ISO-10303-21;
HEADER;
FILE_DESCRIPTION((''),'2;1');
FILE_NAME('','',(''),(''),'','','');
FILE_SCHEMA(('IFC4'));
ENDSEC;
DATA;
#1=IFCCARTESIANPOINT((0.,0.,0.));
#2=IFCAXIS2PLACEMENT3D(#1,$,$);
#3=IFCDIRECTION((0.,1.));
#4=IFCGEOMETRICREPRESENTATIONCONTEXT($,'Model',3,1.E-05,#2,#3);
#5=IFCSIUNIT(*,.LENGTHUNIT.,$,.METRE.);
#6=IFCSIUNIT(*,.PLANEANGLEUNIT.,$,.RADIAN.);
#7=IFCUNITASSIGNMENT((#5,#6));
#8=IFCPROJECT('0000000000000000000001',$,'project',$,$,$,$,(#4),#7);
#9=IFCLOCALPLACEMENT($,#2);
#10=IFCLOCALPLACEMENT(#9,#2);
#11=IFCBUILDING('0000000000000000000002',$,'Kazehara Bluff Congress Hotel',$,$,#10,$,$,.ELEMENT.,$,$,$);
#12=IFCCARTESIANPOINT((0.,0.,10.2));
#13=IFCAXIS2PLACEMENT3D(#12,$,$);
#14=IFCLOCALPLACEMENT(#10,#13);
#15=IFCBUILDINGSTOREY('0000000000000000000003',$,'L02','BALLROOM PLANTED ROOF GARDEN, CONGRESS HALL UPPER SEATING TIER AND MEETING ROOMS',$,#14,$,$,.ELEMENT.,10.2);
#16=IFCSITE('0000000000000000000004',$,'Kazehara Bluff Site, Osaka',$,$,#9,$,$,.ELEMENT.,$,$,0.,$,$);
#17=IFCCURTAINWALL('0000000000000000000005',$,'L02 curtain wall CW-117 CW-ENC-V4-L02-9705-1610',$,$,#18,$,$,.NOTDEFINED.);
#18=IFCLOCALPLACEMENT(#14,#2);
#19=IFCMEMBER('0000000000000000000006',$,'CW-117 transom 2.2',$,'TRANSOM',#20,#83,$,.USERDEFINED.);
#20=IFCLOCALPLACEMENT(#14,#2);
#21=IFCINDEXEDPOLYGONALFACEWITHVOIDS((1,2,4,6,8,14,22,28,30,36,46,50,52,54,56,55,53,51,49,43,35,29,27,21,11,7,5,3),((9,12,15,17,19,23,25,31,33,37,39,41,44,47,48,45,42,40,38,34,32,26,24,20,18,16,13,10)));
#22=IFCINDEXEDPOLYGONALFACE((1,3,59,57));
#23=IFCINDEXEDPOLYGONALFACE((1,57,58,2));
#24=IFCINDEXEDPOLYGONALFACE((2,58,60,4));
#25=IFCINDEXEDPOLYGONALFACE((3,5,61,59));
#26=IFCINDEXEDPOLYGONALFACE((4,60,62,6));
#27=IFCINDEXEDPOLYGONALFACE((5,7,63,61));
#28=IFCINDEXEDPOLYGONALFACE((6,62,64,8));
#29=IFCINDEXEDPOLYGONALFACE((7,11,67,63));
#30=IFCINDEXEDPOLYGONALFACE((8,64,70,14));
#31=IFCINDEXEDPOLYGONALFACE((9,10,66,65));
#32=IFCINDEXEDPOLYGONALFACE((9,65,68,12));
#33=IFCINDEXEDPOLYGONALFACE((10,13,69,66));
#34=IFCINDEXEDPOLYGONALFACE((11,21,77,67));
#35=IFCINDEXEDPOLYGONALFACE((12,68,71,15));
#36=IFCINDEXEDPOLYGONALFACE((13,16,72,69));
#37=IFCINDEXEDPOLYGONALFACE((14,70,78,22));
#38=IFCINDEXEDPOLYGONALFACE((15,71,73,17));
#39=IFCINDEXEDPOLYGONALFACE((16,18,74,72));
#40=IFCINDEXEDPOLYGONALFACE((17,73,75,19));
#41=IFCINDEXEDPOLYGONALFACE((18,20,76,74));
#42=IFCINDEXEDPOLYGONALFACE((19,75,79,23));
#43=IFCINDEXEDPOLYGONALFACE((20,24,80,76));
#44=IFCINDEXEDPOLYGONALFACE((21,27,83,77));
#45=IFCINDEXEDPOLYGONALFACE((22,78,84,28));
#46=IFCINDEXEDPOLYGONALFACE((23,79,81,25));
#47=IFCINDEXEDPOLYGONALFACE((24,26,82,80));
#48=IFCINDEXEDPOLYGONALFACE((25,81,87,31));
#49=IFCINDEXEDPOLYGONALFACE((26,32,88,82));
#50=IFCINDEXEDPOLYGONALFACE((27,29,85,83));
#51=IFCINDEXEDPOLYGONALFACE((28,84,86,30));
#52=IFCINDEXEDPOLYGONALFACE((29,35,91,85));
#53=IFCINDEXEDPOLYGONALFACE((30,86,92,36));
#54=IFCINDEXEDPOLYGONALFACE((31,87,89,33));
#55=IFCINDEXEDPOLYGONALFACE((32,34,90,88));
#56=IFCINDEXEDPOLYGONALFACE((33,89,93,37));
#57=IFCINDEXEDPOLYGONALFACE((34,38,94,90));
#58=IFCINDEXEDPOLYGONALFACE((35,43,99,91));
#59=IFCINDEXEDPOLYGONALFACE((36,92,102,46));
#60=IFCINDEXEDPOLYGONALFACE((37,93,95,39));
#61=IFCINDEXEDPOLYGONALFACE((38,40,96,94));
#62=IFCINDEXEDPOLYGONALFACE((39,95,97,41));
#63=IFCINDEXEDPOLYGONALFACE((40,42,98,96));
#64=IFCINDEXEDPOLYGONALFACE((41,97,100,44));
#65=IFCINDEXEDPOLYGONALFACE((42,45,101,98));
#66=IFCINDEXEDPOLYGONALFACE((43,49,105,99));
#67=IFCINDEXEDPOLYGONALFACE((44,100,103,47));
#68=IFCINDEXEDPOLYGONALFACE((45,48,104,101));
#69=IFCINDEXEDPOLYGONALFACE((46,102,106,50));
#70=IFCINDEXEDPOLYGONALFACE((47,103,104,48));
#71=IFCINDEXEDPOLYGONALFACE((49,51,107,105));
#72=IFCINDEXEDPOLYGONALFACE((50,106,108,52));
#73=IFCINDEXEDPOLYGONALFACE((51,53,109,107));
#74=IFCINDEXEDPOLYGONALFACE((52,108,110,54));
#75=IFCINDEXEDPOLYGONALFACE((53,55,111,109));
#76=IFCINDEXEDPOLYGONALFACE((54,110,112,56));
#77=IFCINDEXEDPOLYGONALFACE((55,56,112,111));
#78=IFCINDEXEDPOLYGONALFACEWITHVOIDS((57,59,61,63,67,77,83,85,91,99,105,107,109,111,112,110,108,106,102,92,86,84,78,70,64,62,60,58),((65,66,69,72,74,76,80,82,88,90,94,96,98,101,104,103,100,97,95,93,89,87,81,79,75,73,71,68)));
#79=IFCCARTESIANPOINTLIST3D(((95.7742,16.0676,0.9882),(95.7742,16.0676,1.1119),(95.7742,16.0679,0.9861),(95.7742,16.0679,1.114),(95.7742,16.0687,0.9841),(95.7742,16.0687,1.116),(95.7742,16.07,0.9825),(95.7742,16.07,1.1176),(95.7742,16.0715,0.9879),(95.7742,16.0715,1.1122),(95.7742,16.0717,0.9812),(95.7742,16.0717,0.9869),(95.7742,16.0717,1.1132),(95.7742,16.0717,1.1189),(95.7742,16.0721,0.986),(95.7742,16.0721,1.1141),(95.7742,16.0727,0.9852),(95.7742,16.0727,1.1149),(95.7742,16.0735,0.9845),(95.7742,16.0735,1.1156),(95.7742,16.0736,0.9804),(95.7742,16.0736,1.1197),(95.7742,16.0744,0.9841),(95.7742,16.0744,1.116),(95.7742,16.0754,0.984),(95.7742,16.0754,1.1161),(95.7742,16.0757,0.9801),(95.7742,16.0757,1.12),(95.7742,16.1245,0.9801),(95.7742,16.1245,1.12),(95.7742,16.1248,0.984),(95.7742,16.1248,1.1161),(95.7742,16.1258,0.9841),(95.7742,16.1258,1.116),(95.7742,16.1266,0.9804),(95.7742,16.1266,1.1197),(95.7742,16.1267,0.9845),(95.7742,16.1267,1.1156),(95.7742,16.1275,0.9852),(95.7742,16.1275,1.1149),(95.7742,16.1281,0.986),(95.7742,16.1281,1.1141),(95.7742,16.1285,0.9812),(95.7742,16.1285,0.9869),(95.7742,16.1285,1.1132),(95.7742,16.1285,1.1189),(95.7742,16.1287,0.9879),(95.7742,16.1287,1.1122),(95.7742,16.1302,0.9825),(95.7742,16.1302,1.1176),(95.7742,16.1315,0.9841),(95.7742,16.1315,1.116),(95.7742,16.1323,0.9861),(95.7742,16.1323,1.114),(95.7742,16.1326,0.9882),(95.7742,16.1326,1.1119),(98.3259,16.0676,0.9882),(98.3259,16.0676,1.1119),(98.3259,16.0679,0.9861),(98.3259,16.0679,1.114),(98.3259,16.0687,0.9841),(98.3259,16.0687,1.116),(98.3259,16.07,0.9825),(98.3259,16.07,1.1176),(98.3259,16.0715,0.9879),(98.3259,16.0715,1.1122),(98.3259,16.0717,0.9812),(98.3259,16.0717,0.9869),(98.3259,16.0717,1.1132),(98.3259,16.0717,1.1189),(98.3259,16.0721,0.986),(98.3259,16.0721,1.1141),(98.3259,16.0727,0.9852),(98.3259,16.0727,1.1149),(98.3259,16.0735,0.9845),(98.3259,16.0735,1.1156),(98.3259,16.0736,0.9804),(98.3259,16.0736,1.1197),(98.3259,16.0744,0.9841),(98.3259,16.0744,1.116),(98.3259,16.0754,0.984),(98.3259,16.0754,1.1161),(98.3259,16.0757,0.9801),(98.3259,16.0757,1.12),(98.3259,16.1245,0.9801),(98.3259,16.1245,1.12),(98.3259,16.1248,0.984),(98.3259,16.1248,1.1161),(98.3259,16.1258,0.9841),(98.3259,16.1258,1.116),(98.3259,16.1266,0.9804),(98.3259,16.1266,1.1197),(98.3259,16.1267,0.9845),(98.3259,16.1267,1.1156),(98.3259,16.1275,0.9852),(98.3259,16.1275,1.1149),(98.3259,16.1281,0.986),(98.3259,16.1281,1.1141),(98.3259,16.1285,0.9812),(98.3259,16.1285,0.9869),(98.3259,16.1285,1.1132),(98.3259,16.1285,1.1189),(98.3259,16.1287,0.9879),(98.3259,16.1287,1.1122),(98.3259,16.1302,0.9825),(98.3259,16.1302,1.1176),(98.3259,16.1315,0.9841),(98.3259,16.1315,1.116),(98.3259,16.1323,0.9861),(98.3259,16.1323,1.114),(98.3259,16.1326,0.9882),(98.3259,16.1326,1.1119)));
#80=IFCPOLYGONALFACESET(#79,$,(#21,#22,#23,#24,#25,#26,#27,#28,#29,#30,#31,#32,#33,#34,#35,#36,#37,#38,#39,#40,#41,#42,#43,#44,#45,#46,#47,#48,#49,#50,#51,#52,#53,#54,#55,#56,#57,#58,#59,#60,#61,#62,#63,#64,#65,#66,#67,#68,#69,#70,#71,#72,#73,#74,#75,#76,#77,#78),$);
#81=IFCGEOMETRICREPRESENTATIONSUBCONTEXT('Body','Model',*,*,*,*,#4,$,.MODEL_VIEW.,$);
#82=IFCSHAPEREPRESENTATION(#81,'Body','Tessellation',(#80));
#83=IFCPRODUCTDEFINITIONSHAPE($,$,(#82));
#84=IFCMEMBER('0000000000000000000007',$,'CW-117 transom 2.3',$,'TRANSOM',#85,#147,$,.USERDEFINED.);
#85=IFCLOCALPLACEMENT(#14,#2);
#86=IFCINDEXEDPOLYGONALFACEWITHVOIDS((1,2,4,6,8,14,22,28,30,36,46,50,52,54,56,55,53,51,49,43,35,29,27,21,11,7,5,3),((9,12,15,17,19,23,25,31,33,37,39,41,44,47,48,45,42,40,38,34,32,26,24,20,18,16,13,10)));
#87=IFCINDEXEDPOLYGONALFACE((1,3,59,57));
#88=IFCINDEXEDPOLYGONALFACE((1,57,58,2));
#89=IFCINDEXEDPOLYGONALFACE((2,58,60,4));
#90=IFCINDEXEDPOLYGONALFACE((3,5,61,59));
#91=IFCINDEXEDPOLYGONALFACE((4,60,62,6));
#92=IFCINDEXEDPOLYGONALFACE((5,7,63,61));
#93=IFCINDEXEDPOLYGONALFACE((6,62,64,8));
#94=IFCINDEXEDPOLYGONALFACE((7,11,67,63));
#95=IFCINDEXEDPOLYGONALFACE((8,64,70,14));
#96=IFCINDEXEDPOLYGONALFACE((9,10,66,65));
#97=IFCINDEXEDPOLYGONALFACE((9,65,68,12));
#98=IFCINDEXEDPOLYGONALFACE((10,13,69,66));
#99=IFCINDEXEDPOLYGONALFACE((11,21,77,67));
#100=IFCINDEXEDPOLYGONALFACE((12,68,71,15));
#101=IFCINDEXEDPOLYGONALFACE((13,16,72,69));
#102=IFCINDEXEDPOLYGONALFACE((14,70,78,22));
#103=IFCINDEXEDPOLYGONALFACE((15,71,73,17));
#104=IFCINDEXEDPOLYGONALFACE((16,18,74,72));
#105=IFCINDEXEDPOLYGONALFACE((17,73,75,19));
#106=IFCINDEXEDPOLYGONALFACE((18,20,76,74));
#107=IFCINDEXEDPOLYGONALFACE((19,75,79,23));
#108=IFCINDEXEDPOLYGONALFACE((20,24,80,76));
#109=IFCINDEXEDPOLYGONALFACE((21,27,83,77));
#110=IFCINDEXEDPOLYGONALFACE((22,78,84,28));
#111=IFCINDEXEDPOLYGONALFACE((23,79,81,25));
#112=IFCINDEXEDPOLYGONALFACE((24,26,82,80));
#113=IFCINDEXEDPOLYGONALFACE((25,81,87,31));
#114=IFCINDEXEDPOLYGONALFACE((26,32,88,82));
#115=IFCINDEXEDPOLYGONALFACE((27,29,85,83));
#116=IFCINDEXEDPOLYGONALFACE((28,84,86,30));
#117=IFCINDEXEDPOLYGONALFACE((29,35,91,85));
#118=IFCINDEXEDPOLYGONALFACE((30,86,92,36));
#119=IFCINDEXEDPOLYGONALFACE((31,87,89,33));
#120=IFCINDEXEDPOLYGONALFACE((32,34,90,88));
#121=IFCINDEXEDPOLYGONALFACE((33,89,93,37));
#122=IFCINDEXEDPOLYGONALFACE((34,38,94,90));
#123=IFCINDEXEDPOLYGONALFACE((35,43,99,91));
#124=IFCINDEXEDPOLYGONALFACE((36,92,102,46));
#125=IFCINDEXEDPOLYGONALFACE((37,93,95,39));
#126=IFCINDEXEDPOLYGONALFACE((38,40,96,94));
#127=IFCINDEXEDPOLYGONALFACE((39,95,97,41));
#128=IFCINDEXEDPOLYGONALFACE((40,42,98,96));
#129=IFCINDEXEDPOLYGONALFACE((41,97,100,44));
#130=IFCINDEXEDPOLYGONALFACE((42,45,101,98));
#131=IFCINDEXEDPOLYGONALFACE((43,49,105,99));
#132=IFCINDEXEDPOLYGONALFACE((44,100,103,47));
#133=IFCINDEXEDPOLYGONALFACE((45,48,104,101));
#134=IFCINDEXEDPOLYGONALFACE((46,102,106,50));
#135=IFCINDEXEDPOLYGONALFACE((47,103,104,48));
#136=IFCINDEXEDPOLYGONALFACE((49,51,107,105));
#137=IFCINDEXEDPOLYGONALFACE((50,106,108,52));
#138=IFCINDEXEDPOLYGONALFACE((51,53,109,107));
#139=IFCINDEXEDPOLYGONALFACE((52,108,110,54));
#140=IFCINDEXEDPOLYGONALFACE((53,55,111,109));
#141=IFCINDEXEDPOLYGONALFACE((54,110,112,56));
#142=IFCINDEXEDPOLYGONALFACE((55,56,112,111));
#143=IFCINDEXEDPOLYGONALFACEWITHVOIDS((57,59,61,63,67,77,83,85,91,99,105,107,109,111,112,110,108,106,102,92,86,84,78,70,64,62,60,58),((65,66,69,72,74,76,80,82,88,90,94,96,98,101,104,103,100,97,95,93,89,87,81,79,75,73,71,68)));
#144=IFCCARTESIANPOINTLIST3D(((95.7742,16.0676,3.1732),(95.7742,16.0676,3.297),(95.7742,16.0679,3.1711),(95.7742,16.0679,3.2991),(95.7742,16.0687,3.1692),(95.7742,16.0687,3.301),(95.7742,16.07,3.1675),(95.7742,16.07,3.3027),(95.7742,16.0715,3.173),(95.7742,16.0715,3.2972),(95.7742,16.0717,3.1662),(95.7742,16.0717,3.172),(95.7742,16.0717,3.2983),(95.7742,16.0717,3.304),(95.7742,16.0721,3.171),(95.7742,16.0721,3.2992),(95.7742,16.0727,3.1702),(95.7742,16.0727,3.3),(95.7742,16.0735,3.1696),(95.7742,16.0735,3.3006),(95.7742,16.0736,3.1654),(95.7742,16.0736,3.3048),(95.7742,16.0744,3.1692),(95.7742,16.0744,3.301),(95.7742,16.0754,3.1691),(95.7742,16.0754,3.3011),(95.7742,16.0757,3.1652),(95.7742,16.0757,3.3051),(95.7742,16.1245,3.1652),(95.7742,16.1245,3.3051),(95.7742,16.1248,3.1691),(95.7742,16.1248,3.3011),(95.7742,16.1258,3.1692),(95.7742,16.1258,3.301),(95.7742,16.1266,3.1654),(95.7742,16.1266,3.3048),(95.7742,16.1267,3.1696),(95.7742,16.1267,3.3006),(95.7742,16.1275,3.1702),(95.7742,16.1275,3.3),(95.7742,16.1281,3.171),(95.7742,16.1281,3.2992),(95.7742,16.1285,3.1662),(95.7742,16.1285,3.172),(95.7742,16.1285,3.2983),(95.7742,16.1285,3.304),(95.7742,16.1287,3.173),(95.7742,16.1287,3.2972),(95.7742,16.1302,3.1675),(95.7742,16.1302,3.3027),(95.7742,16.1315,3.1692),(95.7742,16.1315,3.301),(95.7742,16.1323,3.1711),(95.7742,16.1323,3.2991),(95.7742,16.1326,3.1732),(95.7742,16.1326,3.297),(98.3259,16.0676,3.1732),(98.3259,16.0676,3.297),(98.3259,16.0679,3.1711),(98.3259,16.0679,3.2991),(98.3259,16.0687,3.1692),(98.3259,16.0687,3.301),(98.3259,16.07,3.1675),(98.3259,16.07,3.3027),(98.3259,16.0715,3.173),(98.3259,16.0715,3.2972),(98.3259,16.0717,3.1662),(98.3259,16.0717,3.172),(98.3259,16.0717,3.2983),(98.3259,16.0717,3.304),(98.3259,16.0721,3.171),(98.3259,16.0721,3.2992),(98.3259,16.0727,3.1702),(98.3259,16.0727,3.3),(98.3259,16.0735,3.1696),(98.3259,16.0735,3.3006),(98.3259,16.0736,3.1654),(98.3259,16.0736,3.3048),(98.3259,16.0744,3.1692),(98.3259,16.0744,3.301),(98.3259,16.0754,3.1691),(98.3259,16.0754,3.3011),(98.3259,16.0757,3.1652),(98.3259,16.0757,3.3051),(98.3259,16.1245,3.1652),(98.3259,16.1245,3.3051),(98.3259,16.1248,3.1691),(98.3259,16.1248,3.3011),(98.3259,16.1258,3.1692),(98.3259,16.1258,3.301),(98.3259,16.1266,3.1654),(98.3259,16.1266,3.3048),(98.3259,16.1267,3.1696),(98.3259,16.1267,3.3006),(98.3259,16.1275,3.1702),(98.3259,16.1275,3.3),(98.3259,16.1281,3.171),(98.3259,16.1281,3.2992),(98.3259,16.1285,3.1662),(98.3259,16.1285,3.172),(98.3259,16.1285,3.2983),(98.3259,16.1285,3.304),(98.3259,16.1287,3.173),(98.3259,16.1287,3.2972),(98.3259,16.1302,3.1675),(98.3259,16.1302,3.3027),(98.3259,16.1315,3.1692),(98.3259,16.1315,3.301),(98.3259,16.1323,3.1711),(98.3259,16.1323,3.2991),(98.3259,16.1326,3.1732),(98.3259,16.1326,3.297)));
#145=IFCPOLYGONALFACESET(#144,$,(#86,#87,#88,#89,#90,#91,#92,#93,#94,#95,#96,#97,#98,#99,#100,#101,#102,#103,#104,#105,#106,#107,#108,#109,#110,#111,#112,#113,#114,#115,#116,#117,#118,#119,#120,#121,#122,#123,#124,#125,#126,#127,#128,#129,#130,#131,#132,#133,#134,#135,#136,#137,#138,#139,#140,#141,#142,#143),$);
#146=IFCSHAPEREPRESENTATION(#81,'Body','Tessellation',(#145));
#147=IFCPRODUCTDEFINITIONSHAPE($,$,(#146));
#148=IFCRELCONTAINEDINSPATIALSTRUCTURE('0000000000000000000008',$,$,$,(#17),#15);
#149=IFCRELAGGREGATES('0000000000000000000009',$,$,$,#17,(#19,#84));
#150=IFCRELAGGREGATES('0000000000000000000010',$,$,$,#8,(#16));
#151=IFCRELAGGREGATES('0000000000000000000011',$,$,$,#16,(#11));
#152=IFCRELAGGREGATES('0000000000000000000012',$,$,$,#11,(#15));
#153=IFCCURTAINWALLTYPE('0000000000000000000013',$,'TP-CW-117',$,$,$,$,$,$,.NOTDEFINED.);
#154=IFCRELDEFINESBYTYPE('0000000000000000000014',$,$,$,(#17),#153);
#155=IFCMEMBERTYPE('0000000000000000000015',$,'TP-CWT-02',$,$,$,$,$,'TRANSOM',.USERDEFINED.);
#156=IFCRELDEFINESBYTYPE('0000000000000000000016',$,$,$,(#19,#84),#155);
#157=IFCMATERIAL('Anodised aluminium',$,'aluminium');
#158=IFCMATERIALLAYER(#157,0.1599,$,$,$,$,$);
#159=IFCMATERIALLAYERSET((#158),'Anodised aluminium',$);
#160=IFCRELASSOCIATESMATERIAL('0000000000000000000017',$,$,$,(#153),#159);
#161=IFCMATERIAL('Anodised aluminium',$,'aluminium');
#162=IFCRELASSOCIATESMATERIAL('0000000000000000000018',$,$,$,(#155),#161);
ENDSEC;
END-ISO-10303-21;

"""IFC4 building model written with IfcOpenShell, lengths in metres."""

from ifc_helpers import new_model, si_unit, direction, frame, origin, origin_2d, place, context, subcontext, project, spatial, hollow_rectangle, extrude, material, layer, layer_set, material_profile, profile_set, type_object, element, aggregate, save


model = new_model("IFC4")

# Units and contexts
model_context = context("Model", 3, precision=1e-05, world=origin(), true_north=direction((0.0, 1.0)))
body_context = subcontext(model_context, "Body", "Model", "MODEL_VIEW")
ifc_project = project(units=[si_unit("LENGTHUNIT", "METRE"), si_unit("PLANEANGLEUNIT", "RADIAN")], contexts=[model_context])

# Site, building, storey
site_placement = place(None, origin())
site = spatial("IfcSite", under=ifc_project, at=site_placement, Name="Kazehara Bluff Site, Osaka", CompositionType="ELEMENT", RefElevation=0.0)
building_placement = place(site_placement, origin())
building = spatial("IfcBuilding", under=site, at=building_placement, Name="Kazehara Bluff Congress Hotel", CompositionType="ELEMENT")
storey_placement = place(building_placement, frame((0.0, 0.0, 10.2)))
storey = spatial("IfcBuildingStorey", under=building, at=storey_placement, Name="L02", Description="BALLROOM PLANTED ROOF GARDEN, CONGRESS HALL UPPER SEATING TIER AND MEETING ROOMS", CompositionType="ELEMENT", Elevation=10.2)

# Curtain wall
ifc_material_1 = material(Name="Anodised aluminium", Category="aluminium")
ifc_layer_1 = layer(ifc_material_1, 0.1599)
ifc_layer_set_1 = layer_set([ifc_layer_1], Name="Anodised aluminium")
curtain_wall_type_1 = type_object("IfcCurtainWallType", Name="TP-CW-117", PredefinedType="NOTDEFINED", material=ifc_layer_set_1)
curtain_wall_1_placement = place(storey_placement, origin())
curtain_wall_1 = element("IfcCurtainWall", 1, at=curtain_wall_1_placement, inside=storey, type_object=curtain_wall_type_1, Name="L02 curtain wall CW-117 CW-ENC-V4-L02-9705-1610", PredefinedType="NOTDEFINED")

# Members
ifc_material_2 = material(Name="Anodised aluminium", Category="aluminium")
ifc_material_profile_1 = material_profile(ifc_material_2, hollow_rectangle(XDim=0.0649, YDim=0.1399, WallThickness=0.0039, InnerFilletRadius=0.0039, OuterFilletRadius=0.0081, at=origin_2d()))
ifc_profile_set_1 = profile_set([ifc_material_profile_1], Name="Anodised aluminium")
member_type_1 = type_object("IfcMemberType", Name="TP-CWT-02", ElementType="TRANSOM", PredefinedType="USERDEFINED", material=ifc_profile_set_1)
member_1_placement = place(storey_placement, frame((98.3259, 16.1001, 1.05), z_axis=(-1.0, 0.0, 0.0), x_axis=(0.0, -1.0, 0.0)))
member_1 = element("IfcMember", 2, at=member_1_placement, type_object=member_type_1, Name="CW-117 transom 2.2", ObjectType="TRANSOM", PredefinedType="USERDEFINED", context=body_context, shape_type="SweptSolid", body=[
    extrude(hollow_rectangle(XDim=0.0649, YDim=0.1399, WallThickness=0.0039, InnerFilletRadius=0.0039, OuterFilletRadius=0.0081, at=origin_2d()), origin(), (0.0, 0.0, 1.0), 2.5518),
])
member_2_placement = place(storey_placement, frame((98.3259, 16.1001, 3.2351), z_axis=(-1.0, 0.0, 0.0), x_axis=(0.0, -1.0, 0.0)))
member_2 = element("IfcMember", 3, at=member_2_placement, type_object=member_type_1, Name="CW-117 transom 2.3", ObjectType="TRANSOM", PredefinedType="USERDEFINED", context=body_context, shape_type="SweptSolid", body=[
    extrude(hollow_rectangle(XDim=0.0649, YDim=0.1399, WallThickness=0.0039, InnerFilletRadius=0.0039, OuterFilletRadius=0.0081, at=origin_2d()), origin(), (0.0, 0.0, 1.0), 2.5518),
])

aggregate(curtain_wall_1, [member_1, member_2])

save(model, "model.ifc")
